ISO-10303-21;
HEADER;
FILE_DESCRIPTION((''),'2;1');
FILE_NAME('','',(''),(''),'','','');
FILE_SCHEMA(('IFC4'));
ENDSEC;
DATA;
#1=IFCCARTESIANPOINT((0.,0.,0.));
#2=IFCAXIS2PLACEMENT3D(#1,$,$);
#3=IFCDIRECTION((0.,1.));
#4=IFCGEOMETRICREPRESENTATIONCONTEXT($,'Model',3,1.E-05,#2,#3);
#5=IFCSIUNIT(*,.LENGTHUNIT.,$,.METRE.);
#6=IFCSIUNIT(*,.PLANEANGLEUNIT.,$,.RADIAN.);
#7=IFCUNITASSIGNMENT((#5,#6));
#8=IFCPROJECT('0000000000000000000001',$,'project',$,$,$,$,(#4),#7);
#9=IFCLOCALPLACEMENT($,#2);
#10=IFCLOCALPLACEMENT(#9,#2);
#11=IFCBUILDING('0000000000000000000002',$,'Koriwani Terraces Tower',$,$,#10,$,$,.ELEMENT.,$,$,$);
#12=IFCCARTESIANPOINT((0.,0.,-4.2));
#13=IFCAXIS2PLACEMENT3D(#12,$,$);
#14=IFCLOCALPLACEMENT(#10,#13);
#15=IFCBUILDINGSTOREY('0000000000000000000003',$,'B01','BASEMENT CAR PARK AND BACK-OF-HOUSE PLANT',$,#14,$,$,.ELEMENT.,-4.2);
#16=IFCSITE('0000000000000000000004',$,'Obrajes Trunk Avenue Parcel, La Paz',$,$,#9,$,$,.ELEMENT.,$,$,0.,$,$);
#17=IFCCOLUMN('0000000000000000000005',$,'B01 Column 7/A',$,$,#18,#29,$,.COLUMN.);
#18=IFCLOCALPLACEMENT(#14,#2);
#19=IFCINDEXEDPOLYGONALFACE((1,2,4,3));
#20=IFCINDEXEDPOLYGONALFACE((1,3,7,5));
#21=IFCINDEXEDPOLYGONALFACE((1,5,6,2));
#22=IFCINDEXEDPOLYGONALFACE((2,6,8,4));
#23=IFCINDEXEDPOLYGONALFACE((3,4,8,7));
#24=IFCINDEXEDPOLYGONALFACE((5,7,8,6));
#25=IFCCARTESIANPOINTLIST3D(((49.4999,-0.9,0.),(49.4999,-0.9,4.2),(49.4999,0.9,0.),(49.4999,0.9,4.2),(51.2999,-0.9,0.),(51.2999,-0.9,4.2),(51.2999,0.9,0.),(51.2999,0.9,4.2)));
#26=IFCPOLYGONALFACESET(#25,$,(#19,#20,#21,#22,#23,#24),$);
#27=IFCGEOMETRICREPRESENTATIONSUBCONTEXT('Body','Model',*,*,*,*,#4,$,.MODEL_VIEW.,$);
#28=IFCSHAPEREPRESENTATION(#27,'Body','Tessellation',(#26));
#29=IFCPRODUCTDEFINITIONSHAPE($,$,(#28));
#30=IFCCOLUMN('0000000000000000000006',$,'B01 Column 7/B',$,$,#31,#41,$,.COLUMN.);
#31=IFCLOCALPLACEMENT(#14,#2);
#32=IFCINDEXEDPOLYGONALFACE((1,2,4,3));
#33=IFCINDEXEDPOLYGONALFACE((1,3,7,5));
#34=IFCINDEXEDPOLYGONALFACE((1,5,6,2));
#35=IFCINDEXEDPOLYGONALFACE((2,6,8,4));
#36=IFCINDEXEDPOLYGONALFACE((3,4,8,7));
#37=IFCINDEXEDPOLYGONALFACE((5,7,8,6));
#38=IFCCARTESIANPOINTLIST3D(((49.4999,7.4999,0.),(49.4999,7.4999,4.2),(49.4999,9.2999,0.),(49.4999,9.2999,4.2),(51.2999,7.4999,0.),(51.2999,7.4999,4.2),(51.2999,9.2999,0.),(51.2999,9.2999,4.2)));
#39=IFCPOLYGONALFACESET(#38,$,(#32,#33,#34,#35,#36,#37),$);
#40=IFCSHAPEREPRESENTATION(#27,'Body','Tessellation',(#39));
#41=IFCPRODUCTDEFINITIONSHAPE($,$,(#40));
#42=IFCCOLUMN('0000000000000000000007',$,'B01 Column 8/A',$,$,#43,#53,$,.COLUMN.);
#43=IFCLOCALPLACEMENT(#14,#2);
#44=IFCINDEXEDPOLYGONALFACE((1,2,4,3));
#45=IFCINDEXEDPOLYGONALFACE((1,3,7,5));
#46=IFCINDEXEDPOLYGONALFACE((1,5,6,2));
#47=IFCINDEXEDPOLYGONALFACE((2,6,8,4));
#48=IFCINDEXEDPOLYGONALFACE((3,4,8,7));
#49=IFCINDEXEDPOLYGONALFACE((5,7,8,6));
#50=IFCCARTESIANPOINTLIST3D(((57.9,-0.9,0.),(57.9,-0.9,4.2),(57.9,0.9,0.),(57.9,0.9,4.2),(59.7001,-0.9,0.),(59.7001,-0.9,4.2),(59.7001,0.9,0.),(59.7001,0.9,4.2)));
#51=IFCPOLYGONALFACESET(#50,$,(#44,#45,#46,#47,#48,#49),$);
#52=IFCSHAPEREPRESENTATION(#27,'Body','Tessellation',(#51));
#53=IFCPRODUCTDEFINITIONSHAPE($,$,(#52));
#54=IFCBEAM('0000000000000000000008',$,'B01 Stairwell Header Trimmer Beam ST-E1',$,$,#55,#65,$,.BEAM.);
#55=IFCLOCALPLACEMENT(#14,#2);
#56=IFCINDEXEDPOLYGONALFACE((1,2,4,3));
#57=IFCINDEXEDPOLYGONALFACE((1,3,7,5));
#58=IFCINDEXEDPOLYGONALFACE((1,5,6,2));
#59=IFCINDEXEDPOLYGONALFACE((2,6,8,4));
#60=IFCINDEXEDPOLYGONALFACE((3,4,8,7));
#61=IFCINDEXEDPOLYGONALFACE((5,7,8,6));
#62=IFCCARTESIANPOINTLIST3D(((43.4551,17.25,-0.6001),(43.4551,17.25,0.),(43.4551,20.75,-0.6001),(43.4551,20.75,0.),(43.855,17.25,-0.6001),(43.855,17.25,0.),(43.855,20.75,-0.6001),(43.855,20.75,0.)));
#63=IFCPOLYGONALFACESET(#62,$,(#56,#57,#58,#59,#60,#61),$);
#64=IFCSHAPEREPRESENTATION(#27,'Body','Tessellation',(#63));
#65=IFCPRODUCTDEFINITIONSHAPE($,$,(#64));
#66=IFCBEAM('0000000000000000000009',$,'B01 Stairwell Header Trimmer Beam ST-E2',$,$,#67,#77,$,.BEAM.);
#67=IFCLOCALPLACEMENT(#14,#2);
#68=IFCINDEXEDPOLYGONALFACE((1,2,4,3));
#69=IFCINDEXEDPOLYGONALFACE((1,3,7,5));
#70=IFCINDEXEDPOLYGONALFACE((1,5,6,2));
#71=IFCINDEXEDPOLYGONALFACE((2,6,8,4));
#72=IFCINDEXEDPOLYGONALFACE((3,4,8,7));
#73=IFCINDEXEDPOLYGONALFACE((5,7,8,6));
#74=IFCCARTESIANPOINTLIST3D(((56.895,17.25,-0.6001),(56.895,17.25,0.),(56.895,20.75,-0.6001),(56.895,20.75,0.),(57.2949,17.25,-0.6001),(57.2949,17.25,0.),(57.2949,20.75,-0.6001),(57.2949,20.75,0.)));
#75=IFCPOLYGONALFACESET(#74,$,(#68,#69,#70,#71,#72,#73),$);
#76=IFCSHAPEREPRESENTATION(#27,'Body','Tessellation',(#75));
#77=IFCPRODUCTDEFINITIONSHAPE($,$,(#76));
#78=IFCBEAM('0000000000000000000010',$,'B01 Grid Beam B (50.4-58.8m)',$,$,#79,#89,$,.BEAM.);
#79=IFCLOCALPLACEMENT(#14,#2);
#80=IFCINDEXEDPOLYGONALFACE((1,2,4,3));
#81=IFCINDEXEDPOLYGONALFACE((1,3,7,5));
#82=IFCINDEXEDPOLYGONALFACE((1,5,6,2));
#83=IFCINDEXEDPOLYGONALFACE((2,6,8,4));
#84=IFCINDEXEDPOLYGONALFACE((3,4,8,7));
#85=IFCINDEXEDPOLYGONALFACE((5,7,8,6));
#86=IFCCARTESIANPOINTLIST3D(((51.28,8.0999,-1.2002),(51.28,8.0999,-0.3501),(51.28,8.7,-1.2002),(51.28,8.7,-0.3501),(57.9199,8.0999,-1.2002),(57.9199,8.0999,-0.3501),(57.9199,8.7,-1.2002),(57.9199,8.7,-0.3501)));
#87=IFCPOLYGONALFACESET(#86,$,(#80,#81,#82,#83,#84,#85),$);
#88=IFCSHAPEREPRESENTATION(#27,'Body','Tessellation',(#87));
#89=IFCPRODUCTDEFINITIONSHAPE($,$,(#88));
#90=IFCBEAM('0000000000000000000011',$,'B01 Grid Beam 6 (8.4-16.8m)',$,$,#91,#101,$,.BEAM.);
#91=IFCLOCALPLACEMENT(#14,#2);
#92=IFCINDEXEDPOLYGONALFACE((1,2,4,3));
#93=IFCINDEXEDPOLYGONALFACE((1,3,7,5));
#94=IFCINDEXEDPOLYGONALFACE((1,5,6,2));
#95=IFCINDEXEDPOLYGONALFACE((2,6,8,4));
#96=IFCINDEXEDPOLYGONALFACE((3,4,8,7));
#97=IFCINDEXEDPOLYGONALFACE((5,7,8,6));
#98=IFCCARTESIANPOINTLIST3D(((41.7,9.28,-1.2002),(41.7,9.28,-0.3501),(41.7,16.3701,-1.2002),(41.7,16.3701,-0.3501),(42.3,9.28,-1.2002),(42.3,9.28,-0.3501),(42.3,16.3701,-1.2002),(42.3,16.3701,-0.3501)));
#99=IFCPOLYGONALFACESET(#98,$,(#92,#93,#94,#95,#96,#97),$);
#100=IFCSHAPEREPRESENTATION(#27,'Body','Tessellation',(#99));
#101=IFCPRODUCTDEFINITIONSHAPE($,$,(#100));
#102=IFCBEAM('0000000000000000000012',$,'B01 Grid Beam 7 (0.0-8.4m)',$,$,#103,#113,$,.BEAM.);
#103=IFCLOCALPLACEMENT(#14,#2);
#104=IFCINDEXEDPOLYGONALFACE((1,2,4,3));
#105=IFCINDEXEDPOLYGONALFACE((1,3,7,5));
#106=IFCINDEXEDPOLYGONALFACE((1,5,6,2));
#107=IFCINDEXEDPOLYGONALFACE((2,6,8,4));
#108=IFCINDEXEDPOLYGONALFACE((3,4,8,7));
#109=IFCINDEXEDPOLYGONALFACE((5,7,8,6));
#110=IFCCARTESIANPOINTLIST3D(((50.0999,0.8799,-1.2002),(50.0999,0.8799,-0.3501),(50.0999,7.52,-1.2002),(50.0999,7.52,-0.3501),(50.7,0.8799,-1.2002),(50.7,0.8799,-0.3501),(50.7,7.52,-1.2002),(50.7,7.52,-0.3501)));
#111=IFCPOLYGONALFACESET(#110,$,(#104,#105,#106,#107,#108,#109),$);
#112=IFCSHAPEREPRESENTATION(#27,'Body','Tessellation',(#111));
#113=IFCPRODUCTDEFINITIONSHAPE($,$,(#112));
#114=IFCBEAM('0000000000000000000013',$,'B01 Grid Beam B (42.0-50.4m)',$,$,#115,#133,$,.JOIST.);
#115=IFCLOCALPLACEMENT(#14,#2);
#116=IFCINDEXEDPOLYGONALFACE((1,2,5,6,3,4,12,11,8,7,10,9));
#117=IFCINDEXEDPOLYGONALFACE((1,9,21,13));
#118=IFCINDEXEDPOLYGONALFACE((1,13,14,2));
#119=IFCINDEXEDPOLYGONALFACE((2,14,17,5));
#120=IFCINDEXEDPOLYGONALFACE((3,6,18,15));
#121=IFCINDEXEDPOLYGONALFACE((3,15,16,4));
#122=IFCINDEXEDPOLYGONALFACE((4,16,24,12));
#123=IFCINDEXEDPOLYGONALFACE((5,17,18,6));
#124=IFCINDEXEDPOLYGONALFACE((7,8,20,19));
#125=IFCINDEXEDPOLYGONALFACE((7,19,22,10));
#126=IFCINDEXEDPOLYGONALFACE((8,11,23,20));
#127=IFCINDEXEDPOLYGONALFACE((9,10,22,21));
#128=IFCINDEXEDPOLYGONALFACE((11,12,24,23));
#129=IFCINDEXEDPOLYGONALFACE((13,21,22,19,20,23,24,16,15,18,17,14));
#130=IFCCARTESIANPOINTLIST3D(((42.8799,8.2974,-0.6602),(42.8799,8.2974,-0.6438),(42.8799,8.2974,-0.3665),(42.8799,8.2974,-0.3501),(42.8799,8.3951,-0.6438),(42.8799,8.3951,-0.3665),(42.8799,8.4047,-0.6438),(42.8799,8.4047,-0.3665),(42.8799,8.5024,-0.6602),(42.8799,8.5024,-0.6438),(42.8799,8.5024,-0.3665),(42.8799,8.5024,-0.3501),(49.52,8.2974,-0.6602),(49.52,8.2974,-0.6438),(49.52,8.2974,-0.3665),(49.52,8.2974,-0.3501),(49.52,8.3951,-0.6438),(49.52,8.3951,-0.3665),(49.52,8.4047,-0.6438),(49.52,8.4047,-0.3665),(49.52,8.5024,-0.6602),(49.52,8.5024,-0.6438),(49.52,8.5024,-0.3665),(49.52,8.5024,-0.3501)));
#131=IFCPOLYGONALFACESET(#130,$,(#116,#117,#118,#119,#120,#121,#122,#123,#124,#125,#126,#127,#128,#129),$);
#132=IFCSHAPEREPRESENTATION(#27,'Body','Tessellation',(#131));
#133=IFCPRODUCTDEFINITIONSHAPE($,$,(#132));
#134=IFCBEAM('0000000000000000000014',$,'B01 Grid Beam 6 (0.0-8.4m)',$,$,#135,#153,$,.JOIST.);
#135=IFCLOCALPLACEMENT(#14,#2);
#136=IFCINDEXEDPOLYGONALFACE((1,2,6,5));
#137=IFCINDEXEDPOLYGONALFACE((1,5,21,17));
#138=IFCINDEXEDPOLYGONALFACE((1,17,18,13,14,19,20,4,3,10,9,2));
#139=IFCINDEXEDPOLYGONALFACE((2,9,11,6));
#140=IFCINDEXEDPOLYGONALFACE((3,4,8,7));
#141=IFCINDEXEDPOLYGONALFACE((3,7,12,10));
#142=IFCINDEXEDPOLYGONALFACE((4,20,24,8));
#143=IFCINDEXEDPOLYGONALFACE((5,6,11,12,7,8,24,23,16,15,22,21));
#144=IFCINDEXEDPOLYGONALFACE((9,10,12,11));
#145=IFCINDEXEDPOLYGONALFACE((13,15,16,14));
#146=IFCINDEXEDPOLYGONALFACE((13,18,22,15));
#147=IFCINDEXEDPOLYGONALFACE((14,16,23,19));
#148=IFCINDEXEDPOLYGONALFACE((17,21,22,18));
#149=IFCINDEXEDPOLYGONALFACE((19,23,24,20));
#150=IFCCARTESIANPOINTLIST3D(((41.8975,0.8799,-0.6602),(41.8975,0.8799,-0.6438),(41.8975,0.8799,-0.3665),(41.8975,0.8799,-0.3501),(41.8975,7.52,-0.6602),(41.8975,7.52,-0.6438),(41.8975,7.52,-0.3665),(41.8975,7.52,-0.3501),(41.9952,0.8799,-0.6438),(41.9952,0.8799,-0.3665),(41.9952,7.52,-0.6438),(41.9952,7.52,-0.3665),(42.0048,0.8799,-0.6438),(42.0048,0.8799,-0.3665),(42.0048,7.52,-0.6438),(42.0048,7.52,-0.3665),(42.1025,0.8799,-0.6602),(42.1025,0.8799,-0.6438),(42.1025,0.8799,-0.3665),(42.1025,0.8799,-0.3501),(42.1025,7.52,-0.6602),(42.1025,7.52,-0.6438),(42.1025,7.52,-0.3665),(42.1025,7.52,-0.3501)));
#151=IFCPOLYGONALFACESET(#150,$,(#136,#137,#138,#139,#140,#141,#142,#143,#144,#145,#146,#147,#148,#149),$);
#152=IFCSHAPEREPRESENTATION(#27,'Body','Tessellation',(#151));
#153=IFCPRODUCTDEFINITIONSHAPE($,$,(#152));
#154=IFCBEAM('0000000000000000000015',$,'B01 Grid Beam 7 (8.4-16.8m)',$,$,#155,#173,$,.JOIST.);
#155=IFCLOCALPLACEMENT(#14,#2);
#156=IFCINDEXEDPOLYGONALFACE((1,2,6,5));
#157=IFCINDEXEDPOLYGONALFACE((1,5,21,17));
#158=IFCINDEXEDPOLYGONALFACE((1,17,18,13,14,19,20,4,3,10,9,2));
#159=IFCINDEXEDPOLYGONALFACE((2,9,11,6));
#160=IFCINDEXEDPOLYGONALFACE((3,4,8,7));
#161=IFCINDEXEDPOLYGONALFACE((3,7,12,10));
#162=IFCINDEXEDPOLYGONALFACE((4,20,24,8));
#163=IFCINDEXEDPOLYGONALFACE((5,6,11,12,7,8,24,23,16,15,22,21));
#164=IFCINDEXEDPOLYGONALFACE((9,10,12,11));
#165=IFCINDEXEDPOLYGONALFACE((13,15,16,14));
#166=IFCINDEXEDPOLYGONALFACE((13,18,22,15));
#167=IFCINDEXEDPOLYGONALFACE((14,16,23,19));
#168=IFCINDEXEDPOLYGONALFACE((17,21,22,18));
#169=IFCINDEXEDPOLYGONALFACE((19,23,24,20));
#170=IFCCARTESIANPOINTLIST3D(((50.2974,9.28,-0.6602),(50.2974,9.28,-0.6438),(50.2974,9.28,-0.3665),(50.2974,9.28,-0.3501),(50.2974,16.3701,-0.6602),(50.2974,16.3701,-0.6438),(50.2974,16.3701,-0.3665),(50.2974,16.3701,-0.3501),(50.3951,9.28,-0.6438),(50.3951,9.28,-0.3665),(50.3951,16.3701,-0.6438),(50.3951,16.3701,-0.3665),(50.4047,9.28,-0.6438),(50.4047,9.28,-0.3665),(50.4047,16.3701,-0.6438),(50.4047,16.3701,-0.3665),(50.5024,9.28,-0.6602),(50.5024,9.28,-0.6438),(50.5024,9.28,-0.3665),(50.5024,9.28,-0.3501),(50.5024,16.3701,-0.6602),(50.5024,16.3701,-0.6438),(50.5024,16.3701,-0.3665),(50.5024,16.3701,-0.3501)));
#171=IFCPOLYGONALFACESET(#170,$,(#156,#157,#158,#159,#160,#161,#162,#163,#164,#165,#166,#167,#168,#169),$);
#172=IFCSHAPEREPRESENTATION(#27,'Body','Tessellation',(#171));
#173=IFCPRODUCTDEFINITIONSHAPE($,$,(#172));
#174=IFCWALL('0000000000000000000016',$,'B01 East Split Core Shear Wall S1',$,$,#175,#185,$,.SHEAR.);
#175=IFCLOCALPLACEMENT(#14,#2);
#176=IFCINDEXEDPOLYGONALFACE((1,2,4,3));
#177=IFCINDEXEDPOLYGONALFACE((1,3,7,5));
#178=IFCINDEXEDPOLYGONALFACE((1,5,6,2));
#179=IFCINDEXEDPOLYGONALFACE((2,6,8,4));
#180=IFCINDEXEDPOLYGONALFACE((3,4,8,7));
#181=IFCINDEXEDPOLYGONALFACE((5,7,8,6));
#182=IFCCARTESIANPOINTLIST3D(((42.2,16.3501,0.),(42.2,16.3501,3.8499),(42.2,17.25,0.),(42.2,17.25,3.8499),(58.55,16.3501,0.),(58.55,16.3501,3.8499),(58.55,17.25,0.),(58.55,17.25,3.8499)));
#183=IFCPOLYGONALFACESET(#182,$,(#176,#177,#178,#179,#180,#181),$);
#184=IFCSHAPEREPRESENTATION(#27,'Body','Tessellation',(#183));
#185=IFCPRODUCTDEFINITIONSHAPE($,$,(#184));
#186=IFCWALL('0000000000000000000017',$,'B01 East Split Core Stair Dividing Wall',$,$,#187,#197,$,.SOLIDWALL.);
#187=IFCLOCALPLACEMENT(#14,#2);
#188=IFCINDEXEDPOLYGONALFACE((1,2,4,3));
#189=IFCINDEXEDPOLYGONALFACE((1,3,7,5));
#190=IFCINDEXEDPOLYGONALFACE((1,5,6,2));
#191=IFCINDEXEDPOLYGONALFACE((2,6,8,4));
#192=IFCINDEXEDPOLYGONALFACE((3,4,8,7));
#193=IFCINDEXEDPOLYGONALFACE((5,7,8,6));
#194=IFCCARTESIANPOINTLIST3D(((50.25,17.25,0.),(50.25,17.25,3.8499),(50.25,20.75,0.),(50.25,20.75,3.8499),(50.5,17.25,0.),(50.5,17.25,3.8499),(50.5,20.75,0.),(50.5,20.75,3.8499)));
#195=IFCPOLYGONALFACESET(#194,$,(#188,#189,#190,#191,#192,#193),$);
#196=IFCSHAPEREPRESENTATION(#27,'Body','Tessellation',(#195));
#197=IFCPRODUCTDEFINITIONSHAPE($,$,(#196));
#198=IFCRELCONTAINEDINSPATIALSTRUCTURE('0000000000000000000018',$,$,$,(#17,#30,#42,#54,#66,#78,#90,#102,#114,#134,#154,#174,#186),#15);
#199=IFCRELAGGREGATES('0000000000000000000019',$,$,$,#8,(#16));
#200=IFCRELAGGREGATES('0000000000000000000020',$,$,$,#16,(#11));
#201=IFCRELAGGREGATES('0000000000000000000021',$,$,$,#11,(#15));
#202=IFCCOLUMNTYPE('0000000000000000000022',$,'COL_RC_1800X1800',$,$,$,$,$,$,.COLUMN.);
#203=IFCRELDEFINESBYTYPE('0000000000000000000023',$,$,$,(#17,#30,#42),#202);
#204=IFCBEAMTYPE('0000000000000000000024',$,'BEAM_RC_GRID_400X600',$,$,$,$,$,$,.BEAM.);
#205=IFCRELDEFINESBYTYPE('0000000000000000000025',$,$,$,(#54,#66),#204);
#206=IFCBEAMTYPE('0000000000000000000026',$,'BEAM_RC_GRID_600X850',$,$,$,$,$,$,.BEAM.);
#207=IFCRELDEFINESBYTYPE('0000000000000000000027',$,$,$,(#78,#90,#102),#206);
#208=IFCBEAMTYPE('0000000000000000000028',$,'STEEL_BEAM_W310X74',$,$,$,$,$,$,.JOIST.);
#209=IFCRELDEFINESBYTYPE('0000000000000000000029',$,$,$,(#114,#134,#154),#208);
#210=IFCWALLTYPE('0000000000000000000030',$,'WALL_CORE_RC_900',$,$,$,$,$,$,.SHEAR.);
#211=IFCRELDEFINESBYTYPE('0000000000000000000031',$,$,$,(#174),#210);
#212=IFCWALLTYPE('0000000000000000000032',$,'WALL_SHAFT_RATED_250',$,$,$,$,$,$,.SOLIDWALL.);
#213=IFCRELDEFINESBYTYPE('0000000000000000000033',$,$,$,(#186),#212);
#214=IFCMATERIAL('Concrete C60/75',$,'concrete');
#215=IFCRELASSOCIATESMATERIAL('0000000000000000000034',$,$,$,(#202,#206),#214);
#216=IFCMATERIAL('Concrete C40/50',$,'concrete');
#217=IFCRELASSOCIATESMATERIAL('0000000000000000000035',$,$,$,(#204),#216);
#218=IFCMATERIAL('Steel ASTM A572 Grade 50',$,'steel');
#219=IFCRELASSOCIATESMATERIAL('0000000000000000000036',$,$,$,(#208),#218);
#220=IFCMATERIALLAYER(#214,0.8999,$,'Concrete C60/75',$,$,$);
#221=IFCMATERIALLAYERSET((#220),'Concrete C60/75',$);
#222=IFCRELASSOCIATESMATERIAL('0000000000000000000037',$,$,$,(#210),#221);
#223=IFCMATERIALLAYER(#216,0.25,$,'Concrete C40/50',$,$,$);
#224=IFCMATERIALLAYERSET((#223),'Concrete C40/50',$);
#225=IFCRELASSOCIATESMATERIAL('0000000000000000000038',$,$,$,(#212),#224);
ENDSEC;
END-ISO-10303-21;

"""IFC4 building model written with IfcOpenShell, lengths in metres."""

from ifc_helpers import new_model, si_unit, direction, frame, frame_2d, origin, origin_2d, place, context, subcontext, project, spatial, rectangle, i_section, extrude, material, layer, layer_set, material_profile, profile_set, type_object, element, save


model = new_model("IFC4")

# Units and contexts
model_context = context("Model", 3, precision=1e-05, world=origin(), true_north=direction((0.0, 1.0)))
body_context = subcontext(model_context, "Body", "Model", "MODEL_VIEW")
ifc_project = project(units=[si_unit("LENGTHUNIT", "METRE"), si_unit("PLANEANGLEUNIT", "RADIAN")], contexts=[model_context])

# Site, building, storey
site_placement = place(None, origin())
site = spatial("IfcSite", under=ifc_project, at=site_placement, Name="Obrajes Trunk Avenue Parcel, La Paz", CompositionType="ELEMENT", RefElevation=0.0)
building_placement = place(site_placement, origin())
building = spatial("IfcBuilding", under=site, at=building_placement, Name="Koriwani Terraces Tower", CompositionType="ELEMENT")
storey_placement = place(building_placement, frame((0.0, 0.0, -4.2)))
storey = spatial("IfcBuildingStorey", under=building, at=storey_placement, Name="B01", Description="BASEMENT CAR PARK AND BACK-OF-HOUSE PLANT", CompositionType="ELEMENT", Elevation=-4.2)

# Columns
ifc_material_1 = material(Name="Concrete C60/75", Category="concrete")
ifc_material_profile_1 = material_profile(ifc_material_1, rectangle(XDim=1.8, YDim=1.8, at=origin_2d()), Name="Concrete C60/75", Category="LoadBearing")
ifc_profile_set_1 = profile_set([ifc_material_profile_1], Name="Concrete C60/75")
column_type = type_object("IfcColumnType", Name="COL_RC_1800X1800", PredefinedType="COLUMN", material=ifc_profile_set_1)
for number, where, z_axis, x_axis, name in (
    (1, (50.3999, 0.0, 0.0), (0.0, 0.0, 1.0), (1.0, 0.0, 0.0), "B01 Column 7/A"),
    (2, (50.3999, 8.3999, 0.0), (0.0, 0.0, 1.0), (1.0, 0.0, 0.0), "B01 Column 7/B"),
    (3, (58.8, 0.0, 0.0), (0.0, 0.0, 1.0), (1.0, 0.0, 0.0), "B01 Column 8/A"),
):
    element("IfcColumn", number, at=place(storey_placement, frame(where, z_axis=z_axis, x_axis=x_axis)), inside=storey, type_object=column_type, Name=name, PredefinedType="COLUMN", context=body_context, shape_type="SweptSolid", body=[
        extrude(rectangle(XDim=1.8, YDim=1.8, at=origin_2d()), origin(), (0.0, 0.0, 1.0), 4.2),
    ])

# Beams
ifc_material_2 = material(Name="Concrete C40/50", Category="concrete")
ifc_material_profile_2 = material_profile(ifc_material_2, rectangle(XDim=0.3999, YDim=0.6001, at=origin_2d()), Name="Concrete C40/50", Category="LoadBearing")
ifc_profile_set_2 = profile_set([ifc_material_profile_2], Name="Concrete C40/50")
beam_type_1 = type_object("IfcBeamType", Name="BEAM_RC_GRID_400X600", PredefinedType="BEAM", material=ifc_profile_set_2)
for number, where, z_axis, x_axis, name in (
    (4, (43.655, 17.25, -0.3), (0.0, 1.0, 0.0), (-1.0, 0.0, 0.0), "B01 Stairwell Header Trimmer Beam ST-E1"),
    (5, (57.095, 17.25, -0.3), (0.0, 1.0, 0.0), (-1.0, 0.0, 0.0), "B01 Stairwell Header Trimmer Beam ST-E2"),
):
    element("IfcBeam", number, at=place(storey_placement, frame(where, z_axis=z_axis, x_axis=x_axis)), inside=storey, type_object=beam_type_1, Name=name, PredefinedType="BEAM", context=body_context, shape_type="SweptSolid", body=[
        extrude(rectangle(XDim=0.3999, YDim=0.6001, at=origin_2d()), origin(), (0.0, 0.0, 1.0), 3.5),
    ])
ifc_material_profile_3 = material_profile(ifc_material_1, rectangle(XDim=0.6001, YDim=0.8501, at=origin_2d()), Name="Concrete C60/75", Category="LoadBearing")
ifc_profile_set_3 = profile_set([ifc_material_profile_3], Name="Concrete C60/75")
beam_type_2 = type_object("IfcBeamType", Name="BEAM_RC_GRID_600X850", PredefinedType="BEAM", material=ifc_profile_set_3)
beam_1_placement = place(storey_placement, frame((51.28, 8.3999, -0.7751), z_axis=(1.0, 0.0, 0.0), x_axis=(0.0, 1.0, 0.0)))
element("IfcBeam", 6, at=beam_1_placement, inside=storey, type_object=beam_type_2, Name="B01 Grid Beam B (50.4-58.8m)", PredefinedType="BEAM", context=body_context, shape_type="SweptSolid", body=[
    extrude(rectangle(XDim=0.6001, YDim=0.8501, at=origin_2d()), origin(), (0.0, 0.0, 1.0), 6.6399),
])
beam_2_placement = place(storey_placement, frame((42.0, 9.28, -0.7751), z_axis=(0.0, 1.0, 0.0), x_axis=(-1.0, 0.0, 0.0)))
element("IfcBeam", 7, at=beam_2_placement, inside=storey, type_object=beam_type_2, Name="B01 Grid Beam 6 (8.4-16.8m)", PredefinedType="BEAM", context=body_context, shape_type="SweptSolid", body=[
    extrude(rectangle(XDim=0.6001, YDim=0.8501, at=origin_2d()), origin(), (0.0, 0.0, 1.0), 7.0901),
])
beam_3_placement = place(storey_placement, frame((50.3999, 0.8799, -0.7751), z_axis=(0.0, 1.0, 0.0), x_axis=(-1.0, 0.0, 0.0)))
element("IfcBeam", 8, at=beam_3_placement, inside=storey, type_object=beam_type_2, Name="B01 Grid Beam 7 (0.0-8.4m)", PredefinedType="BEAM", context=body_context, shape_type="SweptSolid", body=[
    extrude(rectangle(XDim=0.6001, YDim=0.8501, at=origin_2d()), origin(), (0.0, 0.0, 1.0), 6.6401),
])
ifc_material_3 = material(Name="Steel ASTM A572 Grade 50", Category="steel")
ifc_material_profile_4 = material_profile(ifc_material_3, i_section(OverallWidth=0.2051, OverallDepth=0.3101, WebThickness=0.0095, FlangeThickness=0.0164, at=origin_2d()), Name="Steel ASTM A572 Grade 50", Category="LoadBearing")
ifc_profile_set_4 = profile_set([ifc_material_profile_4], Name="Steel ASTM A572 Grade 50")
beam_type_3 = type_object("IfcBeamType", Name="STEEL_BEAM_W310X74", PredefinedType="JOIST", material=ifc_profile_set_4)
for number, where, z_axis, x_axis, name in (
    (9, (42.8799, 8.3999, -0.5051), (1.0, 0.0, 0.0), (0.0, 1.0, 0.0), "B01 Grid Beam B (42.0-50.4m)"),
    (10, (42.0, 0.8799, -0.5051), (0.0, 1.0, 0.0), (-1.0, 0.0, 0.0), "B01 Grid Beam 6 (0.0-8.4m)"),
):
    element("IfcBeam", number, at=place(storey_placement, frame(where, z_axis=z_axis, x_axis=x_axis)), inside=storey, type_object=beam_type_3, Name=name, PredefinedType="JOIST", context=body_context, shape_type="SweptSolid", body=[
        extrude(i_section(OverallWidth=0.2051, OverallDepth=0.3101, WebThickness=0.0095, FlangeThickness=0.0164, at=origin_2d()), origin(), (0.0, 0.0, 1.0), 6.6401),
    ])
beam_4_placement = place(storey_placement, frame((50.3999, 9.28, -0.5051), z_axis=(0.0, 1.0, 0.0), x_axis=(-1.0, 0.0, 0.0)))
element("IfcBeam", 11, at=beam_4_placement, inside=storey, type_object=beam_type_3, Name="B01 Grid Beam 7 (8.4-16.8m)", PredefinedType="JOIST", context=body_context, shape_type="SweptSolid", body=[
    extrude(i_section(OverallWidth=0.2051, OverallDepth=0.3101, WebThickness=0.0095, FlangeThickness=0.0164, at=origin_2d()), origin(), (0.0, 0.0, 1.0), 7.0901),
])

# Walls
ifc_layer_1 = layer(ifc_material_1, 0.8999, Name="Concrete C60/75")
ifc_layer_set_1 = layer_set([ifc_layer_1], Name="Concrete C60/75")
wall_type_1 = type_object("IfcWallType", Name="WALL_CORE_RC_900", PredefinedType="SHEAR", material=ifc_layer_set_1)
wall_1_placement = place(storey_placement, frame((42.2, 16.8, 0.0), z_axis=(0.0, 0.0, 1.0), x_axis=(1.0, 0.0, 0.0)))
element("IfcWall", 12, at=wall_1_placement, inside=storey, type_object=wall_type_1, Name="B01 East Split Core Shear Wall S1", PredefinedType="SHEAR", context=body_context, shape_type="SweptSolid", body=[
    extrude(rectangle(XDim=16.3501, YDim=0.8999, at=frame_2d((8.175, 0.0))), origin(), (0.0, 0.0, 1.0), 3.8499),
])
ifc_layer_2 = layer(ifc_material_2, 0.25, Name="Concrete C40/50")
ifc_layer_set_2 = layer_set([ifc_layer_2], Name="Concrete C40/50")
wall_type_2 = type_object("IfcWallType", Name="WALL_SHAFT_RATED_250", PredefinedType="SOLIDWALL", material=ifc_layer_set_2)
wall_2_placement = place(storey_placement, frame((50.375, 17.25, 0.0), z_axis=(0.0, 0.0, 1.0), x_axis=(0.0, 1.0, 0.0)))
element("IfcWall", 13, at=wall_2_placement, inside=storey, type_object=wall_type_2, Name="B01 East Split Core Stair Dividing Wall", PredefinedType="SOLIDWALL", context=body_context, shape_type="SweptSolid", body=[
    extrude(rectangle(XDim=3.5, YDim=0.25, at=frame_2d((1.75, 0.0))), origin(), (0.0, 0.0, 1.0), 3.8499),
])

save(model, "model.ifc")
